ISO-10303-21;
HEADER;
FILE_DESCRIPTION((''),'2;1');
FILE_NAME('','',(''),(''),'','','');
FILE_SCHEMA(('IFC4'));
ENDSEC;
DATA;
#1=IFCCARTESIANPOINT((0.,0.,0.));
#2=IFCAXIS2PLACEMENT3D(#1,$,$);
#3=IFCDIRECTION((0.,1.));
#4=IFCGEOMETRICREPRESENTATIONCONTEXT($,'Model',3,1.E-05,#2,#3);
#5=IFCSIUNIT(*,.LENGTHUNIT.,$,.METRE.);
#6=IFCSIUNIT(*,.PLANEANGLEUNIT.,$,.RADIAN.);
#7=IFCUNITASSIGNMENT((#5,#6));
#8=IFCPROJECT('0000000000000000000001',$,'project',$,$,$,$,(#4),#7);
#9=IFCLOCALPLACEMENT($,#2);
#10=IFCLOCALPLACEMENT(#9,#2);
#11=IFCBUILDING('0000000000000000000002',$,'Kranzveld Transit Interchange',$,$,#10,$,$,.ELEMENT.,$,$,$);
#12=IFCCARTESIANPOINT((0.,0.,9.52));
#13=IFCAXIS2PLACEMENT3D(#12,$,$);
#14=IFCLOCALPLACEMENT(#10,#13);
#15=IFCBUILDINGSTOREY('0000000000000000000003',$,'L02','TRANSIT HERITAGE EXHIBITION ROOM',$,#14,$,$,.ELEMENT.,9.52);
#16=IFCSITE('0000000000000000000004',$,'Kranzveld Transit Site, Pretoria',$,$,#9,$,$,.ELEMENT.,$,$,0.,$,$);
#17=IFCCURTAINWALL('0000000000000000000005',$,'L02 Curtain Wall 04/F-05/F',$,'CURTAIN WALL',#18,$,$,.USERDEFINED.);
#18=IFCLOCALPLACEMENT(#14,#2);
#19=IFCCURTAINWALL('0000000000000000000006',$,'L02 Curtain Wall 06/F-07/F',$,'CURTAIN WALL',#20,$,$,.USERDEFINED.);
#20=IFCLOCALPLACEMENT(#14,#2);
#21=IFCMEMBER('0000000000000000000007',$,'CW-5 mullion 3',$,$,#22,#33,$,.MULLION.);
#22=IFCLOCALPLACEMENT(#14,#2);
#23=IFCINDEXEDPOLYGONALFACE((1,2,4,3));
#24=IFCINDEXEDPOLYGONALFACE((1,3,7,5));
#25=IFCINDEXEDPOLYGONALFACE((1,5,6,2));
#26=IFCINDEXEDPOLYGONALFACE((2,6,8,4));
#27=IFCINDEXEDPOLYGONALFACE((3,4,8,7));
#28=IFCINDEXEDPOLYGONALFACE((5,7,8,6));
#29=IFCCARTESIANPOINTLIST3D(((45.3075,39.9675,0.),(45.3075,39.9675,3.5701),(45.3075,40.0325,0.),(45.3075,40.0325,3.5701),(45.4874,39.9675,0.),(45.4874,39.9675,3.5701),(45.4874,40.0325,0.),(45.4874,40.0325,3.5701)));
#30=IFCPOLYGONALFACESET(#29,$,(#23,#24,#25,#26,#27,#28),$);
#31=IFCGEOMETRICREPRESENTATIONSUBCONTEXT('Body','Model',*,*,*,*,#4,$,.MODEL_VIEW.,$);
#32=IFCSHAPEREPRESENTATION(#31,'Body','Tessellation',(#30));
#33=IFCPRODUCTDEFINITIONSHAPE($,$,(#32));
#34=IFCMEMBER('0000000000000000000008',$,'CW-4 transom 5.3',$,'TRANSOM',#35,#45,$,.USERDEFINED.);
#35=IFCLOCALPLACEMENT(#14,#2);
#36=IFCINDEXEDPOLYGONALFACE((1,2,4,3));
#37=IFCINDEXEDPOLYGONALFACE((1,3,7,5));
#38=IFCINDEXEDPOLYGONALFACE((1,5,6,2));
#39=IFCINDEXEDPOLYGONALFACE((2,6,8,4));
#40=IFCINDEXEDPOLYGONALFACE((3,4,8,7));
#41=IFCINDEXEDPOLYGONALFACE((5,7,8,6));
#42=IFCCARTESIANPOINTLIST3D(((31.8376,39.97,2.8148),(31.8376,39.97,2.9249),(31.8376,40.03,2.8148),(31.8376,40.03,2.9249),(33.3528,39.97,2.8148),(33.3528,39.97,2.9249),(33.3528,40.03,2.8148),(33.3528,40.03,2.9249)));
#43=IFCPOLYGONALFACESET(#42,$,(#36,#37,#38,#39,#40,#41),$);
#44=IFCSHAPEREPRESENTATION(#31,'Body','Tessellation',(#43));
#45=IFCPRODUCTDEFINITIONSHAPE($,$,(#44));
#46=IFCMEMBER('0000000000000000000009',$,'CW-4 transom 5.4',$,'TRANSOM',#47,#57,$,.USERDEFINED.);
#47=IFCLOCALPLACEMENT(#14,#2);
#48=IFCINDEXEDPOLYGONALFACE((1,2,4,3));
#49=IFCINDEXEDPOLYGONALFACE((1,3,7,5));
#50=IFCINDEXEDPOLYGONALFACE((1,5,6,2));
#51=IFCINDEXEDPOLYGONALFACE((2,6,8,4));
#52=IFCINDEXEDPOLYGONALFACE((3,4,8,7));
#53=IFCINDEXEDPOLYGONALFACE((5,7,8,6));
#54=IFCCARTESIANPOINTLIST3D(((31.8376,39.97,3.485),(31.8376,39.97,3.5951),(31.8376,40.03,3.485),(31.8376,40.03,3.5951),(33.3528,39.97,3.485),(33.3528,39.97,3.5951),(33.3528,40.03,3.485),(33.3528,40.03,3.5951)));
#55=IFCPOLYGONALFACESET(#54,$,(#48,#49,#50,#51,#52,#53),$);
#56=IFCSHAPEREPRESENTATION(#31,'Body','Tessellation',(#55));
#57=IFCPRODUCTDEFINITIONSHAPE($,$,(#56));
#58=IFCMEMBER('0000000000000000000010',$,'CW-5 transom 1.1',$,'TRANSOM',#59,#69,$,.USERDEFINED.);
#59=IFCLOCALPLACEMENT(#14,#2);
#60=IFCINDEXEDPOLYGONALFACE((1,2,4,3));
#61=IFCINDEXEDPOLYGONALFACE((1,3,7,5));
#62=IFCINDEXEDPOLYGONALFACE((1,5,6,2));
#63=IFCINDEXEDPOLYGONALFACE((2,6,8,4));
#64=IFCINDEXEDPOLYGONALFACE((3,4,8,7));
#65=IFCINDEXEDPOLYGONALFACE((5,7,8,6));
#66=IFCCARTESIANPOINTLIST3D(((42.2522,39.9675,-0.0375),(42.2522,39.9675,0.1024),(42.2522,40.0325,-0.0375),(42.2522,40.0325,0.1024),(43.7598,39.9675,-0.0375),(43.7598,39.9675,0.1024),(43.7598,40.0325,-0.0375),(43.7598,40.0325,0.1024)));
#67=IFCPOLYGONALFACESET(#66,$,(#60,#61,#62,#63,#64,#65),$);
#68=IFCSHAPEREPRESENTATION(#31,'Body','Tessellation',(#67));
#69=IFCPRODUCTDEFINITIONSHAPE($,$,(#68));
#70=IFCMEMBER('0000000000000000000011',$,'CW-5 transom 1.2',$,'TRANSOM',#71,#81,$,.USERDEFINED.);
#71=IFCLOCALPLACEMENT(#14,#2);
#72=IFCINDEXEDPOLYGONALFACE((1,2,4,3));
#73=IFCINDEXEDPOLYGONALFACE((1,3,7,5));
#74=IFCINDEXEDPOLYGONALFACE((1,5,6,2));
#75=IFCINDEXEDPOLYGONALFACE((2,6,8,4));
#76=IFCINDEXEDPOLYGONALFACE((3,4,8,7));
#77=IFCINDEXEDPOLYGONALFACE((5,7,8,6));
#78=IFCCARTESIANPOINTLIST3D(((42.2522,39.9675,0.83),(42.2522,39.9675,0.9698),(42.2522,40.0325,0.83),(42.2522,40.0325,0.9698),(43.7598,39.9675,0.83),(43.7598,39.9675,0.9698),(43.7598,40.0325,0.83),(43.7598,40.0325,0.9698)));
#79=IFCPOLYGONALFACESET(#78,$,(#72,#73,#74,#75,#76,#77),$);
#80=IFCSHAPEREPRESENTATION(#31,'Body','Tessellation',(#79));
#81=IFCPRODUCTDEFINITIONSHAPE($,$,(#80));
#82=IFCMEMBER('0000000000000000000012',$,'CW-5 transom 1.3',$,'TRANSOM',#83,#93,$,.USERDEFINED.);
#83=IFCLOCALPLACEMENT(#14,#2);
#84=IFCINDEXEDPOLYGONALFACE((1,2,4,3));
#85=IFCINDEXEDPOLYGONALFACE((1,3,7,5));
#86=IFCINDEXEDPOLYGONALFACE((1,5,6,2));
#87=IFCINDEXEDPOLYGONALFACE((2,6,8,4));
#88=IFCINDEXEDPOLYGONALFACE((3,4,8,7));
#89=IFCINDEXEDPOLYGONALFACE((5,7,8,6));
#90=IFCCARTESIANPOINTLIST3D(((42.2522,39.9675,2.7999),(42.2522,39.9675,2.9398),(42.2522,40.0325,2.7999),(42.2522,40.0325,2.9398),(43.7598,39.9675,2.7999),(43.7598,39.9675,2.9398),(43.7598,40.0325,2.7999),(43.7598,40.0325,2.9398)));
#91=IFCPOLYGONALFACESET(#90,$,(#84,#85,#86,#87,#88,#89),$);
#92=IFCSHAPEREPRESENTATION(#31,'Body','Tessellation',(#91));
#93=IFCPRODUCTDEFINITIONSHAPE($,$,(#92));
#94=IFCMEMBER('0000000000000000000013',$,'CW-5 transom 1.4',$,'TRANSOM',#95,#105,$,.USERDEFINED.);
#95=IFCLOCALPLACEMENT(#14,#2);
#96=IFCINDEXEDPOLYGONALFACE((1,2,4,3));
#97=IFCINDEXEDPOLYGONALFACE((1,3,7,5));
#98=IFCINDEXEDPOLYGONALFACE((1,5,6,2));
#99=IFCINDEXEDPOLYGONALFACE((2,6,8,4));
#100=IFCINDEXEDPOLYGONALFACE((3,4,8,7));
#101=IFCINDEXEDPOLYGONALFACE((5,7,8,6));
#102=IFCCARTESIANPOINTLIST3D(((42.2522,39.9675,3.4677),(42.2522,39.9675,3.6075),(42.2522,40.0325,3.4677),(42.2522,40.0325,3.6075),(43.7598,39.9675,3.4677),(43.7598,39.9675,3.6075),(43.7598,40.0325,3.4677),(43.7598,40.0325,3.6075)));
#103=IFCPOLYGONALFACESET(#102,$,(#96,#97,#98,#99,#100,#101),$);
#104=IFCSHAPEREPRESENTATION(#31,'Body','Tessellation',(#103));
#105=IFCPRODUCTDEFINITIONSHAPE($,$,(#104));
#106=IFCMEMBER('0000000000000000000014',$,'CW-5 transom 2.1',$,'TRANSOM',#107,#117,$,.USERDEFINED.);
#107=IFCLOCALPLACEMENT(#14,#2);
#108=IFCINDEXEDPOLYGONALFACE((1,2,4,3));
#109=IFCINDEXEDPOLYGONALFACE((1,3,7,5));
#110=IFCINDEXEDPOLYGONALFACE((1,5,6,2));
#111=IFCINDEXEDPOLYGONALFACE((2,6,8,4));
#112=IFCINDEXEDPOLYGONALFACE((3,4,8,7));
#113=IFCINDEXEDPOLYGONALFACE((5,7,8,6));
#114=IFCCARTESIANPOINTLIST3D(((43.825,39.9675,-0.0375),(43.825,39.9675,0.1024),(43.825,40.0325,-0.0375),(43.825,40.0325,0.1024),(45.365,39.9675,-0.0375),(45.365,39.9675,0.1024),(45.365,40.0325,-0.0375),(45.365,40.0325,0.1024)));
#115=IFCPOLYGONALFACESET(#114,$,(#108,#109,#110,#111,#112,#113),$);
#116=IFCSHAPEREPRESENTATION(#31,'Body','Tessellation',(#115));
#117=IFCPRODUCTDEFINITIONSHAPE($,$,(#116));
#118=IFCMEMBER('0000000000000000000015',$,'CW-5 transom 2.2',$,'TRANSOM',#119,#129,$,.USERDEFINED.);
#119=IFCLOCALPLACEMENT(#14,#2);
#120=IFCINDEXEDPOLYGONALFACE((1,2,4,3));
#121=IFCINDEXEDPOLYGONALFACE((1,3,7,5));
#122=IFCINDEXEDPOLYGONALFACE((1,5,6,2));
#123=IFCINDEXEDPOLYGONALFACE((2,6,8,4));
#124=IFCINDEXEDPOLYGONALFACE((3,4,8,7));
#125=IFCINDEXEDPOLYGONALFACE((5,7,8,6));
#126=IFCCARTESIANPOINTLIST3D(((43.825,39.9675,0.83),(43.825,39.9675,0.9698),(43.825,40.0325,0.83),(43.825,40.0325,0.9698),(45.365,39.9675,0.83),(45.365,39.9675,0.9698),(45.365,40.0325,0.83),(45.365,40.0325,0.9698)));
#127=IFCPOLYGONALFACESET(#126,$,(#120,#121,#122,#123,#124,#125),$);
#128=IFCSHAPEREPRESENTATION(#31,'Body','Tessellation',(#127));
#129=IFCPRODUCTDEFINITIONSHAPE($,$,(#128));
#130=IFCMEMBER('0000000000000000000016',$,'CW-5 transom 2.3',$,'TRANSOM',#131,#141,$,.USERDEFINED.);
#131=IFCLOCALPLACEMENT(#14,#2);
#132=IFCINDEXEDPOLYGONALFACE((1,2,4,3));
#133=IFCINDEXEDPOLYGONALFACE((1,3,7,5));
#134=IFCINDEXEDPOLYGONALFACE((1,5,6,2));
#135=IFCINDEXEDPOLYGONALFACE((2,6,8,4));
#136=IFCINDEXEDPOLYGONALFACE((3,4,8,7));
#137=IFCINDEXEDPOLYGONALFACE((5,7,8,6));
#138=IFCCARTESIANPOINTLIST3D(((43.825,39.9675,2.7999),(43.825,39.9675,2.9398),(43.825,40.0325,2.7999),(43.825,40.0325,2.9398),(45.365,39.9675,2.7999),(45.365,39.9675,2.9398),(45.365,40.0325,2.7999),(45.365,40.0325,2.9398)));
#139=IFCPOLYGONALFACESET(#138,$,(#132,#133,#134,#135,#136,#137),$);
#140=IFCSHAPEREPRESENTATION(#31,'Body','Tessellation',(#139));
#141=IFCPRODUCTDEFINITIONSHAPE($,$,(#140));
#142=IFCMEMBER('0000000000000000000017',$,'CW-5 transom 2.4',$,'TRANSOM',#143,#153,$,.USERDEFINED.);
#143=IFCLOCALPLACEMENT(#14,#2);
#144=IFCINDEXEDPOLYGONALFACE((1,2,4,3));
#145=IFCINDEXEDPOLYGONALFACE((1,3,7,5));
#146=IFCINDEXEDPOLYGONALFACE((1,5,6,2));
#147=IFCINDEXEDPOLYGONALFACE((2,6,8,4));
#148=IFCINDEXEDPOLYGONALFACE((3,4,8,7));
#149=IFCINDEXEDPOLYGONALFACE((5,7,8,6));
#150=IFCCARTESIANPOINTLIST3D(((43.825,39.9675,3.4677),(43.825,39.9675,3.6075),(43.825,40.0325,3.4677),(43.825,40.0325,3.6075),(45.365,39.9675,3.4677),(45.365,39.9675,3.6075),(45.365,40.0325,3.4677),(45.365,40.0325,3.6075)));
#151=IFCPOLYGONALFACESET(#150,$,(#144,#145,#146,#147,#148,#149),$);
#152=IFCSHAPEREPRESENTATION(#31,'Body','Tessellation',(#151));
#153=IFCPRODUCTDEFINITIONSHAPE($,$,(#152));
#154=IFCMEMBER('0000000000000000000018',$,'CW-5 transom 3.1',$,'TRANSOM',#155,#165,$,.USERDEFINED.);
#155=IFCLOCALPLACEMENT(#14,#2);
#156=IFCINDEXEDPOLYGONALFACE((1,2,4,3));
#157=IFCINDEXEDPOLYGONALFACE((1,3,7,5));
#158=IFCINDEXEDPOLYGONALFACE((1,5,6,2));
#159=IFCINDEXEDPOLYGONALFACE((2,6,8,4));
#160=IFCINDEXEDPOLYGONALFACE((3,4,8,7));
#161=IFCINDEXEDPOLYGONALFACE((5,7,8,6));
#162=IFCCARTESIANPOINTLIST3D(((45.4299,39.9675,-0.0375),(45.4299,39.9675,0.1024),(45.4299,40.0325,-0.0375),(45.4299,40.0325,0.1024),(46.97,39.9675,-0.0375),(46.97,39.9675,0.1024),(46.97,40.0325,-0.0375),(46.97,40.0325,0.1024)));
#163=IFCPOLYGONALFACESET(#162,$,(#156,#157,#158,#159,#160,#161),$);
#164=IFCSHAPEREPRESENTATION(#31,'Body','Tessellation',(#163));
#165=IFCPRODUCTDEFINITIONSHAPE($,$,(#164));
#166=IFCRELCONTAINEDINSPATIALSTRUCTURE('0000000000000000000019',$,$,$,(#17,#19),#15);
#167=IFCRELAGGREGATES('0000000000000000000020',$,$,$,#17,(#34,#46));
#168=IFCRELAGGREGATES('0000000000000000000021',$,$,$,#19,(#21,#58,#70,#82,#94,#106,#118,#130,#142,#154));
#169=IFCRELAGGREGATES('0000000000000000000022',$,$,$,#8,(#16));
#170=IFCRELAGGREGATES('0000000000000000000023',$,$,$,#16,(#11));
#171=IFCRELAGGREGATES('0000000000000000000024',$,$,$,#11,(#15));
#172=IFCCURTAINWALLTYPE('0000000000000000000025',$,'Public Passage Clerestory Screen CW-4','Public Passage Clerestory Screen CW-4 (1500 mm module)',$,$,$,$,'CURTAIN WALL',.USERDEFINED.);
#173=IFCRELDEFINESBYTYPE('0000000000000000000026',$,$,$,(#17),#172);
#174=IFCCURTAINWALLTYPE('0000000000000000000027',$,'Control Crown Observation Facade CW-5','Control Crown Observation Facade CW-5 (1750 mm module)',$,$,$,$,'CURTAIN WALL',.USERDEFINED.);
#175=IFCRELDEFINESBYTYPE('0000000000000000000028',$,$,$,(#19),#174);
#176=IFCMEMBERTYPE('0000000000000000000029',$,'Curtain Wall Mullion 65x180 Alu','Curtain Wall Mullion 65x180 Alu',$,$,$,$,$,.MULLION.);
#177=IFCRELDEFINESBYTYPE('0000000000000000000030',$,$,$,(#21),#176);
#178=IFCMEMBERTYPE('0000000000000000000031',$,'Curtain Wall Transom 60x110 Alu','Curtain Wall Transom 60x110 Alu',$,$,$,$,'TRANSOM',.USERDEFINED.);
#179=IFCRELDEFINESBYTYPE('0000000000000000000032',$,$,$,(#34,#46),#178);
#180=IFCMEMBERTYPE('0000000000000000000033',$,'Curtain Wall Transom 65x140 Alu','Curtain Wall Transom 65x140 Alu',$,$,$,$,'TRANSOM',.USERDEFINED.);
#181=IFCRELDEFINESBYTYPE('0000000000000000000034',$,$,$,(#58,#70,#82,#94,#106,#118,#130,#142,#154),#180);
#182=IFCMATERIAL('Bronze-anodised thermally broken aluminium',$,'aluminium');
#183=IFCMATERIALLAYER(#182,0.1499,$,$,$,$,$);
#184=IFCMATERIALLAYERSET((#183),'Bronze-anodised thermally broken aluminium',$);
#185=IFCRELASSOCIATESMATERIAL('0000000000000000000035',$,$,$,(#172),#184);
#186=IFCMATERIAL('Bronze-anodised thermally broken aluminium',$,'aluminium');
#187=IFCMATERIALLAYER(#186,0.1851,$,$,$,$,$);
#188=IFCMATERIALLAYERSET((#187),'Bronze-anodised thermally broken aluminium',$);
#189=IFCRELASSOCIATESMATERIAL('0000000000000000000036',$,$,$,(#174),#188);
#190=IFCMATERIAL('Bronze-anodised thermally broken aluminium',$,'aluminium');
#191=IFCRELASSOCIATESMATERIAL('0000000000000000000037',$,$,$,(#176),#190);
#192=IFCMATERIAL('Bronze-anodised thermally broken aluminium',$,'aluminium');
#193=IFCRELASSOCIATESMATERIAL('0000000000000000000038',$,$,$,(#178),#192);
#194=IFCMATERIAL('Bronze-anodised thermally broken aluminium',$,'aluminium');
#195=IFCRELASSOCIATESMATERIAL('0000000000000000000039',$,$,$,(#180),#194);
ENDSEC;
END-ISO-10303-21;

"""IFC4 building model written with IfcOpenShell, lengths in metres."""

from ifc_helpers import new_model, si_unit, direction, frame, origin, origin_2d, place, context, subcontext, project, spatial, rectangle, extrude, material, layer, layer_set, material_profile, profile_set, type_object, element, aggregate, save


model = new_model("IFC4")

# Units and contexts
model_context = context("Model", 3, precision=1e-05, world=origin(), true_north=direction((0.0, 1.0)))
body_context = subcontext(model_context, "Body", "Model", "MODEL_VIEW")
ifc_project = project(units=[si_unit("LENGTHUNIT", "METRE"), si_unit("PLANEANGLEUNIT", "RADIAN")], contexts=[model_context])

# Site, building, storey
site_placement = place(None, origin())
site = spatial("IfcSite", under=ifc_project, at=site_placement, Name="Kranzveld Transit Site, Pretoria", CompositionType="ELEMENT", RefElevation=0.0)
building_placement = place(site_placement, origin())
building = spatial("IfcBuilding", under=site, at=building_placement, Name="Kranzveld Transit Interchange", CompositionType="ELEMENT")
storey_placement = place(building_placement, frame((0.0, 0.0, 9.52)))
storey = spatial("IfcBuildingStorey", under=building, at=storey_placement, Name="L02", Description="TRANSIT HERITAGE EXHIBITION ROOM", CompositionType="ELEMENT", Elevation=9.52)

# Curtain wall
ifc_material_1 = material(Name="Bronze-anodised thermally broken aluminium", Category="aluminium")
ifc_layer_1 = layer(ifc_material_1, 0.1499)
ifc_layer_set_1 = layer_set([ifc_layer_1], Name="Bronze-anodised thermally broken aluminium")
curtain_wall_type_1 = type_object("IfcCurtainWallType", Name="Public Passage Clerestory Screen CW-4", Description="Public Passage Clerestory Screen CW-4 (1500 mm module)", ElementType="CURTAIN WALL", PredefinedType="USERDEFINED", material=ifc_layer_set_1)
curtain_wall_1_placement = place(storey_placement, origin())
curtain_wall_1 = element("IfcCurtainWall", 1, at=curtain_wall_1_placement, inside=storey, type_object=curtain_wall_type_1, Name="L02 Curtain Wall 04/F-05/F", ObjectType="CURTAIN WALL", PredefinedType="USERDEFINED")

# Curtain wall, member
ifc_material_2 = material(Name="Bronze-anodised thermally broken aluminium", Category="aluminium")
ifc_layer_2 = layer(ifc_material_2, 0.1851)
ifc_layer_set_2 = layer_set([ifc_layer_2], Name="Bronze-anodised thermally broken aluminium")
curtain_wall_type_2 = type_object("IfcCurtainWallType", Name="Control Crown Observation Facade CW-5", Description="Control Crown Observation Facade CW-5 (1750 mm module)", ElementType="CURTAIN WALL", PredefinedType="USERDEFINED", material=ifc_layer_set_2)
curtain_wall_2_placement = place(storey_placement, origin())
curtain_wall_2 = element("IfcCurtainWall", 2, at=curtain_wall_2_placement, inside=storey, type_object=curtain_wall_type_2, Name="L02 Curtain Wall 06/F-07/F", ObjectType="CURTAIN WALL", PredefinedType="USERDEFINED")
ifc_material_3 = material(Name="Bronze-anodised thermally broken aluminium", Category="aluminium")
ifc_material_profile_1 = material_profile(ifc_material_3, rectangle(XDim=0.0649, YDim=0.1799, at=origin_2d()), Name="ALU MULLION 65x180")
ifc_profile_set_1 = profile_set([ifc_material_profile_1], Name="Bronze-anodised thermally broken aluminium")
member_type_1 = type_object("IfcMemberType", Name="Curtain Wall Mullion 65x180 Alu", Description="Curtain Wall Mullion 65x180 Alu", PredefinedType="MULLION", material=ifc_profile_set_1)
member_1_placement = place(storey_placement, frame((45.3975, 40.0, 0.0), z_axis=(0.0, 0.0, 1.0), x_axis=(0.0, 1.0, 0.0)))
member_1 = element("IfcMember", 3, at=member_1_placement, type_object=member_type_1, Name="CW-5 mullion 3", PredefinedType="MULLION", context=body_context, shape_type="SweptSolid", body=[
    extrude(rectangle(XDim=0.0649, YDim=0.1799, at=origin_2d()), origin(), (0.0, 0.0, 1.0), 3.5701),
])

# Members
ifc_material_4 = material(Name="Bronze-anodised thermally broken aluminium", Category="aluminium")
ifc_material_profile_2 = material_profile(ifc_material_4, rectangle(XDim=0.0601, YDim=0.1101, at=origin_2d()), Name="ALU TRANSOM 60x110")
ifc_profile_set_2 = profile_set([ifc_material_profile_2], Name="Bronze-anodised thermally broken aluminium")
member_type_2 = type_object("IfcMemberType", Name="Curtain Wall Transom 60x110 Alu", Description="Curtain Wall Transom 60x110 Alu", ElementType="TRANSOM", PredefinedType="USERDEFINED", material=ifc_profile_set_2)
member_2_placement = place(storey_placement, frame((31.8376, 40.0, 2.8699), z_axis=(1.0, 0.0, 0.0), x_axis=(0.0, 1.0, 0.0)))
member_2 = element("IfcMember", 4, at=member_2_placement, type_object=member_type_2, Name="CW-4 transom 5.3", ObjectType="TRANSOM", PredefinedType="USERDEFINED", context=body_context, shape_type="SweptSolid", body=[
    extrude(rectangle(XDim=0.0601, YDim=0.1101, at=origin_2d()), origin(), (0.0, 0.0, 1.0), 1.5151),
])
member_3_placement = place(storey_placement, frame((31.8376, 40.0, 3.54), z_axis=(1.0, 0.0, 0.0), x_axis=(0.0, 1.0, 0.0)))
member_3 = element("IfcMember", 5, at=member_3_placement, type_object=member_type_2, Name="CW-4 transom 5.4", ObjectType="TRANSOM", PredefinedType="USERDEFINED", context=body_context, shape_type="SweptSolid", body=[
    extrude(rectangle(XDim=0.0601, YDim=0.1101, at=origin_2d()), origin(), (0.0, 0.0, 1.0), 1.5151),
])
ifc_material_5 = material(Name="Bronze-anodised thermally broken aluminium", Category="aluminium")
ifc_material_profile_3 = material_profile(ifc_material_5, rectangle(XDim=0.0649, YDim=0.1399, at=origin_2d()), Name="ALU TRANSOM 65x140")
ifc_profile_set_3 = profile_set([ifc_material_profile_3], Name="Bronze-anodised thermally broken aluminium")
member_type_3 = type_object("IfcMemberType", Name="Curtain Wall Transom 65x140 Alu", Description="Curtain Wall Transom 65x140 Alu", ElementType="TRANSOM", PredefinedType="USERDEFINED", material=ifc_profile_set_3)
member_4_placement = place(storey_placement, frame((42.2522, 40.0, 0.0325), z_axis=(1.0, 0.0, 0.0), x_axis=(0.0, 1.0, 0.0)))
member_4 = element("IfcMember", 6, at=member_4_placement, type_object=member_type_3, Name="CW-5 transom 1.1", ObjectType="TRANSOM", PredefinedType="USERDEFINED", context=body_context, shape_type="SweptSolid", body=[
    extrude(rectangle(XDim=0.0649, YDim=0.1399, at=origin_2d()), origin(), (0.0, 0.0, 1.0), 1.5076),
])
member_5_placement = place(storey_placement, frame((42.2522, 40.0, 0.8999), z_axis=(1.0, 0.0, 0.0), x_axis=(0.0, 1.0, 0.0)))
member_5 = element("IfcMember", 7, at=member_5_placement, type_object=member_type_3, Name="CW-5 transom 1.2", ObjectType="TRANSOM", PredefinedType="USERDEFINED", context=body_context, shape_type="SweptSolid", body=[
    extrude(rectangle(XDim=0.0649, YDim=0.1399, at=origin_2d()), origin(), (0.0, 0.0, 1.0), 1.5076),
])
member_6_placement = place(storey_placement, frame((42.2522, 40.0, 2.8699), z_axis=(1.0, 0.0, 0.0), x_axis=(0.0, 1.0, 0.0)))
member_6 = element("IfcMember", 8, at=member_6_placement, type_object=member_type_3, Name="CW-5 transom 1.3", ObjectType="TRANSOM", PredefinedType="USERDEFINED", context=body_context, shape_type="SweptSolid", body=[
    extrude(rectangle(XDim=0.0649, YDim=0.1399, at=origin_2d()), origin(), (0.0, 0.0, 1.0), 1.5076),
])
member_7_placement = place(storey_placement, frame((42.2522, 40.0, 3.5376), z_axis=(1.0, 0.0, 0.0), x_axis=(0.0, 1.0, 0.0)))
member_7 = element("IfcMember", 9, at=member_7_placement, type_object=member_type_3, Name="CW-5 transom 1.4", ObjectType="TRANSOM", PredefinedType="USERDEFINED", context=body_context, shape_type="SweptSolid", body=[
    extrude(rectangle(XDim=0.0649, YDim=0.1399, at=origin_2d()), origin(), (0.0, 0.0, 1.0), 1.5076),
])
member_8_placement = place(storey_placement, frame((43.825, 40.0, 0.0325), z_axis=(1.0, 0.0, 0.0), x_axis=(0.0, 1.0, 0.0)))
member_8 = element("IfcMember", 10, at=member_8_placement, type_object=member_type_3, Name="CW-5 transom 2.1", ObjectType="TRANSOM", PredefinedType="USERDEFINED", context=body_context, shape_type="SweptSolid", body=[
    extrude(rectangle(XDim=0.0649, YDim=0.1399, at=origin_2d()), origin(), (0.0, 0.0, 1.0), 1.54),
])
member_9_placement = place(storey_placement, frame((43.825, 40.0, 0.8999), z_axis=(1.0, 0.0, 0.0), x_axis=(0.0, 1.0, 0.0)))
member_9 = element("IfcMember", 11, at=member_9_placement, type_object=member_type_3, Name="CW-5 transom 2.2", ObjectType="TRANSOM", PredefinedType="USERDEFINED", context=body_context, shape_type="SweptSolid", body=[
    extrude(rectangle(XDim=0.0649, YDim=0.1399, at=origin_2d()), origin(), (0.0, 0.0, 1.0), 1.54),
])
member_10_placement = place(storey_placement, frame((43.825, 40.0, 2.8699), z_axis=(1.0, 0.0, 0.0), x_axis=(0.0, 1.0, 0.0)))
member_10 = element("IfcMember", 12, at=member_10_placement, type_object=member_type_3, Name="CW-5 transom 2.3", ObjectType="TRANSOM", PredefinedType="USERDEFINED", context=body_context, shape_type="SweptSolid", body=[
    extrude(rectangle(XDim=0.0649, YDim=0.1399, at=origin_2d()), origin(), (0.0, 0.0, 1.0), 1.54),
])
member_11_placement = place(storey_placement, frame((43.825, 40.0, 3.5376), z_axis=(1.0, 0.0, 0.0), x_axis=(0.0, 1.0, 0.0)))
member_11 = element("IfcMember", 13, at=member_11_placement, type_object=member_type_3, Name="CW-5 transom 2.4", ObjectType="TRANSOM", PredefinedType="USERDEFINED", context=body_context, shape_type="SweptSolid", body=[
    extrude(rectangle(XDim=0.0649, YDim=0.1399, at=origin_2d()), origin(), (0.0, 0.0, 1.0), 1.54),
])
member_12_placement = place(storey_placement, frame((45.4299, 40.0, 0.0325), z_axis=(1.0, 0.0, 0.0), x_axis=(0.0, 1.0, 0.0)))
member_12 = element("IfcMember", 14, at=member_12_placement, type_object=member_type_3, Name="CW-5 transom 3.1", ObjectType="TRANSOM", PredefinedType="USERDEFINED", context=body_context, shape_type="SweptSolid", body=[
    extrude(rectangle(XDim=0.0649, YDim=0.1399, at=origin_2d()), origin(), (0.0, 0.0, 1.0), 1.54),
])

aggregate(curtain_wall_1, [member_2, member_3])
aggregate(curtain_wall_2, [member_1, member_4, member_5, member_6, member_7, member_8, member_9, member_10, member_11, member_12])

save(model, "model.ifc")
